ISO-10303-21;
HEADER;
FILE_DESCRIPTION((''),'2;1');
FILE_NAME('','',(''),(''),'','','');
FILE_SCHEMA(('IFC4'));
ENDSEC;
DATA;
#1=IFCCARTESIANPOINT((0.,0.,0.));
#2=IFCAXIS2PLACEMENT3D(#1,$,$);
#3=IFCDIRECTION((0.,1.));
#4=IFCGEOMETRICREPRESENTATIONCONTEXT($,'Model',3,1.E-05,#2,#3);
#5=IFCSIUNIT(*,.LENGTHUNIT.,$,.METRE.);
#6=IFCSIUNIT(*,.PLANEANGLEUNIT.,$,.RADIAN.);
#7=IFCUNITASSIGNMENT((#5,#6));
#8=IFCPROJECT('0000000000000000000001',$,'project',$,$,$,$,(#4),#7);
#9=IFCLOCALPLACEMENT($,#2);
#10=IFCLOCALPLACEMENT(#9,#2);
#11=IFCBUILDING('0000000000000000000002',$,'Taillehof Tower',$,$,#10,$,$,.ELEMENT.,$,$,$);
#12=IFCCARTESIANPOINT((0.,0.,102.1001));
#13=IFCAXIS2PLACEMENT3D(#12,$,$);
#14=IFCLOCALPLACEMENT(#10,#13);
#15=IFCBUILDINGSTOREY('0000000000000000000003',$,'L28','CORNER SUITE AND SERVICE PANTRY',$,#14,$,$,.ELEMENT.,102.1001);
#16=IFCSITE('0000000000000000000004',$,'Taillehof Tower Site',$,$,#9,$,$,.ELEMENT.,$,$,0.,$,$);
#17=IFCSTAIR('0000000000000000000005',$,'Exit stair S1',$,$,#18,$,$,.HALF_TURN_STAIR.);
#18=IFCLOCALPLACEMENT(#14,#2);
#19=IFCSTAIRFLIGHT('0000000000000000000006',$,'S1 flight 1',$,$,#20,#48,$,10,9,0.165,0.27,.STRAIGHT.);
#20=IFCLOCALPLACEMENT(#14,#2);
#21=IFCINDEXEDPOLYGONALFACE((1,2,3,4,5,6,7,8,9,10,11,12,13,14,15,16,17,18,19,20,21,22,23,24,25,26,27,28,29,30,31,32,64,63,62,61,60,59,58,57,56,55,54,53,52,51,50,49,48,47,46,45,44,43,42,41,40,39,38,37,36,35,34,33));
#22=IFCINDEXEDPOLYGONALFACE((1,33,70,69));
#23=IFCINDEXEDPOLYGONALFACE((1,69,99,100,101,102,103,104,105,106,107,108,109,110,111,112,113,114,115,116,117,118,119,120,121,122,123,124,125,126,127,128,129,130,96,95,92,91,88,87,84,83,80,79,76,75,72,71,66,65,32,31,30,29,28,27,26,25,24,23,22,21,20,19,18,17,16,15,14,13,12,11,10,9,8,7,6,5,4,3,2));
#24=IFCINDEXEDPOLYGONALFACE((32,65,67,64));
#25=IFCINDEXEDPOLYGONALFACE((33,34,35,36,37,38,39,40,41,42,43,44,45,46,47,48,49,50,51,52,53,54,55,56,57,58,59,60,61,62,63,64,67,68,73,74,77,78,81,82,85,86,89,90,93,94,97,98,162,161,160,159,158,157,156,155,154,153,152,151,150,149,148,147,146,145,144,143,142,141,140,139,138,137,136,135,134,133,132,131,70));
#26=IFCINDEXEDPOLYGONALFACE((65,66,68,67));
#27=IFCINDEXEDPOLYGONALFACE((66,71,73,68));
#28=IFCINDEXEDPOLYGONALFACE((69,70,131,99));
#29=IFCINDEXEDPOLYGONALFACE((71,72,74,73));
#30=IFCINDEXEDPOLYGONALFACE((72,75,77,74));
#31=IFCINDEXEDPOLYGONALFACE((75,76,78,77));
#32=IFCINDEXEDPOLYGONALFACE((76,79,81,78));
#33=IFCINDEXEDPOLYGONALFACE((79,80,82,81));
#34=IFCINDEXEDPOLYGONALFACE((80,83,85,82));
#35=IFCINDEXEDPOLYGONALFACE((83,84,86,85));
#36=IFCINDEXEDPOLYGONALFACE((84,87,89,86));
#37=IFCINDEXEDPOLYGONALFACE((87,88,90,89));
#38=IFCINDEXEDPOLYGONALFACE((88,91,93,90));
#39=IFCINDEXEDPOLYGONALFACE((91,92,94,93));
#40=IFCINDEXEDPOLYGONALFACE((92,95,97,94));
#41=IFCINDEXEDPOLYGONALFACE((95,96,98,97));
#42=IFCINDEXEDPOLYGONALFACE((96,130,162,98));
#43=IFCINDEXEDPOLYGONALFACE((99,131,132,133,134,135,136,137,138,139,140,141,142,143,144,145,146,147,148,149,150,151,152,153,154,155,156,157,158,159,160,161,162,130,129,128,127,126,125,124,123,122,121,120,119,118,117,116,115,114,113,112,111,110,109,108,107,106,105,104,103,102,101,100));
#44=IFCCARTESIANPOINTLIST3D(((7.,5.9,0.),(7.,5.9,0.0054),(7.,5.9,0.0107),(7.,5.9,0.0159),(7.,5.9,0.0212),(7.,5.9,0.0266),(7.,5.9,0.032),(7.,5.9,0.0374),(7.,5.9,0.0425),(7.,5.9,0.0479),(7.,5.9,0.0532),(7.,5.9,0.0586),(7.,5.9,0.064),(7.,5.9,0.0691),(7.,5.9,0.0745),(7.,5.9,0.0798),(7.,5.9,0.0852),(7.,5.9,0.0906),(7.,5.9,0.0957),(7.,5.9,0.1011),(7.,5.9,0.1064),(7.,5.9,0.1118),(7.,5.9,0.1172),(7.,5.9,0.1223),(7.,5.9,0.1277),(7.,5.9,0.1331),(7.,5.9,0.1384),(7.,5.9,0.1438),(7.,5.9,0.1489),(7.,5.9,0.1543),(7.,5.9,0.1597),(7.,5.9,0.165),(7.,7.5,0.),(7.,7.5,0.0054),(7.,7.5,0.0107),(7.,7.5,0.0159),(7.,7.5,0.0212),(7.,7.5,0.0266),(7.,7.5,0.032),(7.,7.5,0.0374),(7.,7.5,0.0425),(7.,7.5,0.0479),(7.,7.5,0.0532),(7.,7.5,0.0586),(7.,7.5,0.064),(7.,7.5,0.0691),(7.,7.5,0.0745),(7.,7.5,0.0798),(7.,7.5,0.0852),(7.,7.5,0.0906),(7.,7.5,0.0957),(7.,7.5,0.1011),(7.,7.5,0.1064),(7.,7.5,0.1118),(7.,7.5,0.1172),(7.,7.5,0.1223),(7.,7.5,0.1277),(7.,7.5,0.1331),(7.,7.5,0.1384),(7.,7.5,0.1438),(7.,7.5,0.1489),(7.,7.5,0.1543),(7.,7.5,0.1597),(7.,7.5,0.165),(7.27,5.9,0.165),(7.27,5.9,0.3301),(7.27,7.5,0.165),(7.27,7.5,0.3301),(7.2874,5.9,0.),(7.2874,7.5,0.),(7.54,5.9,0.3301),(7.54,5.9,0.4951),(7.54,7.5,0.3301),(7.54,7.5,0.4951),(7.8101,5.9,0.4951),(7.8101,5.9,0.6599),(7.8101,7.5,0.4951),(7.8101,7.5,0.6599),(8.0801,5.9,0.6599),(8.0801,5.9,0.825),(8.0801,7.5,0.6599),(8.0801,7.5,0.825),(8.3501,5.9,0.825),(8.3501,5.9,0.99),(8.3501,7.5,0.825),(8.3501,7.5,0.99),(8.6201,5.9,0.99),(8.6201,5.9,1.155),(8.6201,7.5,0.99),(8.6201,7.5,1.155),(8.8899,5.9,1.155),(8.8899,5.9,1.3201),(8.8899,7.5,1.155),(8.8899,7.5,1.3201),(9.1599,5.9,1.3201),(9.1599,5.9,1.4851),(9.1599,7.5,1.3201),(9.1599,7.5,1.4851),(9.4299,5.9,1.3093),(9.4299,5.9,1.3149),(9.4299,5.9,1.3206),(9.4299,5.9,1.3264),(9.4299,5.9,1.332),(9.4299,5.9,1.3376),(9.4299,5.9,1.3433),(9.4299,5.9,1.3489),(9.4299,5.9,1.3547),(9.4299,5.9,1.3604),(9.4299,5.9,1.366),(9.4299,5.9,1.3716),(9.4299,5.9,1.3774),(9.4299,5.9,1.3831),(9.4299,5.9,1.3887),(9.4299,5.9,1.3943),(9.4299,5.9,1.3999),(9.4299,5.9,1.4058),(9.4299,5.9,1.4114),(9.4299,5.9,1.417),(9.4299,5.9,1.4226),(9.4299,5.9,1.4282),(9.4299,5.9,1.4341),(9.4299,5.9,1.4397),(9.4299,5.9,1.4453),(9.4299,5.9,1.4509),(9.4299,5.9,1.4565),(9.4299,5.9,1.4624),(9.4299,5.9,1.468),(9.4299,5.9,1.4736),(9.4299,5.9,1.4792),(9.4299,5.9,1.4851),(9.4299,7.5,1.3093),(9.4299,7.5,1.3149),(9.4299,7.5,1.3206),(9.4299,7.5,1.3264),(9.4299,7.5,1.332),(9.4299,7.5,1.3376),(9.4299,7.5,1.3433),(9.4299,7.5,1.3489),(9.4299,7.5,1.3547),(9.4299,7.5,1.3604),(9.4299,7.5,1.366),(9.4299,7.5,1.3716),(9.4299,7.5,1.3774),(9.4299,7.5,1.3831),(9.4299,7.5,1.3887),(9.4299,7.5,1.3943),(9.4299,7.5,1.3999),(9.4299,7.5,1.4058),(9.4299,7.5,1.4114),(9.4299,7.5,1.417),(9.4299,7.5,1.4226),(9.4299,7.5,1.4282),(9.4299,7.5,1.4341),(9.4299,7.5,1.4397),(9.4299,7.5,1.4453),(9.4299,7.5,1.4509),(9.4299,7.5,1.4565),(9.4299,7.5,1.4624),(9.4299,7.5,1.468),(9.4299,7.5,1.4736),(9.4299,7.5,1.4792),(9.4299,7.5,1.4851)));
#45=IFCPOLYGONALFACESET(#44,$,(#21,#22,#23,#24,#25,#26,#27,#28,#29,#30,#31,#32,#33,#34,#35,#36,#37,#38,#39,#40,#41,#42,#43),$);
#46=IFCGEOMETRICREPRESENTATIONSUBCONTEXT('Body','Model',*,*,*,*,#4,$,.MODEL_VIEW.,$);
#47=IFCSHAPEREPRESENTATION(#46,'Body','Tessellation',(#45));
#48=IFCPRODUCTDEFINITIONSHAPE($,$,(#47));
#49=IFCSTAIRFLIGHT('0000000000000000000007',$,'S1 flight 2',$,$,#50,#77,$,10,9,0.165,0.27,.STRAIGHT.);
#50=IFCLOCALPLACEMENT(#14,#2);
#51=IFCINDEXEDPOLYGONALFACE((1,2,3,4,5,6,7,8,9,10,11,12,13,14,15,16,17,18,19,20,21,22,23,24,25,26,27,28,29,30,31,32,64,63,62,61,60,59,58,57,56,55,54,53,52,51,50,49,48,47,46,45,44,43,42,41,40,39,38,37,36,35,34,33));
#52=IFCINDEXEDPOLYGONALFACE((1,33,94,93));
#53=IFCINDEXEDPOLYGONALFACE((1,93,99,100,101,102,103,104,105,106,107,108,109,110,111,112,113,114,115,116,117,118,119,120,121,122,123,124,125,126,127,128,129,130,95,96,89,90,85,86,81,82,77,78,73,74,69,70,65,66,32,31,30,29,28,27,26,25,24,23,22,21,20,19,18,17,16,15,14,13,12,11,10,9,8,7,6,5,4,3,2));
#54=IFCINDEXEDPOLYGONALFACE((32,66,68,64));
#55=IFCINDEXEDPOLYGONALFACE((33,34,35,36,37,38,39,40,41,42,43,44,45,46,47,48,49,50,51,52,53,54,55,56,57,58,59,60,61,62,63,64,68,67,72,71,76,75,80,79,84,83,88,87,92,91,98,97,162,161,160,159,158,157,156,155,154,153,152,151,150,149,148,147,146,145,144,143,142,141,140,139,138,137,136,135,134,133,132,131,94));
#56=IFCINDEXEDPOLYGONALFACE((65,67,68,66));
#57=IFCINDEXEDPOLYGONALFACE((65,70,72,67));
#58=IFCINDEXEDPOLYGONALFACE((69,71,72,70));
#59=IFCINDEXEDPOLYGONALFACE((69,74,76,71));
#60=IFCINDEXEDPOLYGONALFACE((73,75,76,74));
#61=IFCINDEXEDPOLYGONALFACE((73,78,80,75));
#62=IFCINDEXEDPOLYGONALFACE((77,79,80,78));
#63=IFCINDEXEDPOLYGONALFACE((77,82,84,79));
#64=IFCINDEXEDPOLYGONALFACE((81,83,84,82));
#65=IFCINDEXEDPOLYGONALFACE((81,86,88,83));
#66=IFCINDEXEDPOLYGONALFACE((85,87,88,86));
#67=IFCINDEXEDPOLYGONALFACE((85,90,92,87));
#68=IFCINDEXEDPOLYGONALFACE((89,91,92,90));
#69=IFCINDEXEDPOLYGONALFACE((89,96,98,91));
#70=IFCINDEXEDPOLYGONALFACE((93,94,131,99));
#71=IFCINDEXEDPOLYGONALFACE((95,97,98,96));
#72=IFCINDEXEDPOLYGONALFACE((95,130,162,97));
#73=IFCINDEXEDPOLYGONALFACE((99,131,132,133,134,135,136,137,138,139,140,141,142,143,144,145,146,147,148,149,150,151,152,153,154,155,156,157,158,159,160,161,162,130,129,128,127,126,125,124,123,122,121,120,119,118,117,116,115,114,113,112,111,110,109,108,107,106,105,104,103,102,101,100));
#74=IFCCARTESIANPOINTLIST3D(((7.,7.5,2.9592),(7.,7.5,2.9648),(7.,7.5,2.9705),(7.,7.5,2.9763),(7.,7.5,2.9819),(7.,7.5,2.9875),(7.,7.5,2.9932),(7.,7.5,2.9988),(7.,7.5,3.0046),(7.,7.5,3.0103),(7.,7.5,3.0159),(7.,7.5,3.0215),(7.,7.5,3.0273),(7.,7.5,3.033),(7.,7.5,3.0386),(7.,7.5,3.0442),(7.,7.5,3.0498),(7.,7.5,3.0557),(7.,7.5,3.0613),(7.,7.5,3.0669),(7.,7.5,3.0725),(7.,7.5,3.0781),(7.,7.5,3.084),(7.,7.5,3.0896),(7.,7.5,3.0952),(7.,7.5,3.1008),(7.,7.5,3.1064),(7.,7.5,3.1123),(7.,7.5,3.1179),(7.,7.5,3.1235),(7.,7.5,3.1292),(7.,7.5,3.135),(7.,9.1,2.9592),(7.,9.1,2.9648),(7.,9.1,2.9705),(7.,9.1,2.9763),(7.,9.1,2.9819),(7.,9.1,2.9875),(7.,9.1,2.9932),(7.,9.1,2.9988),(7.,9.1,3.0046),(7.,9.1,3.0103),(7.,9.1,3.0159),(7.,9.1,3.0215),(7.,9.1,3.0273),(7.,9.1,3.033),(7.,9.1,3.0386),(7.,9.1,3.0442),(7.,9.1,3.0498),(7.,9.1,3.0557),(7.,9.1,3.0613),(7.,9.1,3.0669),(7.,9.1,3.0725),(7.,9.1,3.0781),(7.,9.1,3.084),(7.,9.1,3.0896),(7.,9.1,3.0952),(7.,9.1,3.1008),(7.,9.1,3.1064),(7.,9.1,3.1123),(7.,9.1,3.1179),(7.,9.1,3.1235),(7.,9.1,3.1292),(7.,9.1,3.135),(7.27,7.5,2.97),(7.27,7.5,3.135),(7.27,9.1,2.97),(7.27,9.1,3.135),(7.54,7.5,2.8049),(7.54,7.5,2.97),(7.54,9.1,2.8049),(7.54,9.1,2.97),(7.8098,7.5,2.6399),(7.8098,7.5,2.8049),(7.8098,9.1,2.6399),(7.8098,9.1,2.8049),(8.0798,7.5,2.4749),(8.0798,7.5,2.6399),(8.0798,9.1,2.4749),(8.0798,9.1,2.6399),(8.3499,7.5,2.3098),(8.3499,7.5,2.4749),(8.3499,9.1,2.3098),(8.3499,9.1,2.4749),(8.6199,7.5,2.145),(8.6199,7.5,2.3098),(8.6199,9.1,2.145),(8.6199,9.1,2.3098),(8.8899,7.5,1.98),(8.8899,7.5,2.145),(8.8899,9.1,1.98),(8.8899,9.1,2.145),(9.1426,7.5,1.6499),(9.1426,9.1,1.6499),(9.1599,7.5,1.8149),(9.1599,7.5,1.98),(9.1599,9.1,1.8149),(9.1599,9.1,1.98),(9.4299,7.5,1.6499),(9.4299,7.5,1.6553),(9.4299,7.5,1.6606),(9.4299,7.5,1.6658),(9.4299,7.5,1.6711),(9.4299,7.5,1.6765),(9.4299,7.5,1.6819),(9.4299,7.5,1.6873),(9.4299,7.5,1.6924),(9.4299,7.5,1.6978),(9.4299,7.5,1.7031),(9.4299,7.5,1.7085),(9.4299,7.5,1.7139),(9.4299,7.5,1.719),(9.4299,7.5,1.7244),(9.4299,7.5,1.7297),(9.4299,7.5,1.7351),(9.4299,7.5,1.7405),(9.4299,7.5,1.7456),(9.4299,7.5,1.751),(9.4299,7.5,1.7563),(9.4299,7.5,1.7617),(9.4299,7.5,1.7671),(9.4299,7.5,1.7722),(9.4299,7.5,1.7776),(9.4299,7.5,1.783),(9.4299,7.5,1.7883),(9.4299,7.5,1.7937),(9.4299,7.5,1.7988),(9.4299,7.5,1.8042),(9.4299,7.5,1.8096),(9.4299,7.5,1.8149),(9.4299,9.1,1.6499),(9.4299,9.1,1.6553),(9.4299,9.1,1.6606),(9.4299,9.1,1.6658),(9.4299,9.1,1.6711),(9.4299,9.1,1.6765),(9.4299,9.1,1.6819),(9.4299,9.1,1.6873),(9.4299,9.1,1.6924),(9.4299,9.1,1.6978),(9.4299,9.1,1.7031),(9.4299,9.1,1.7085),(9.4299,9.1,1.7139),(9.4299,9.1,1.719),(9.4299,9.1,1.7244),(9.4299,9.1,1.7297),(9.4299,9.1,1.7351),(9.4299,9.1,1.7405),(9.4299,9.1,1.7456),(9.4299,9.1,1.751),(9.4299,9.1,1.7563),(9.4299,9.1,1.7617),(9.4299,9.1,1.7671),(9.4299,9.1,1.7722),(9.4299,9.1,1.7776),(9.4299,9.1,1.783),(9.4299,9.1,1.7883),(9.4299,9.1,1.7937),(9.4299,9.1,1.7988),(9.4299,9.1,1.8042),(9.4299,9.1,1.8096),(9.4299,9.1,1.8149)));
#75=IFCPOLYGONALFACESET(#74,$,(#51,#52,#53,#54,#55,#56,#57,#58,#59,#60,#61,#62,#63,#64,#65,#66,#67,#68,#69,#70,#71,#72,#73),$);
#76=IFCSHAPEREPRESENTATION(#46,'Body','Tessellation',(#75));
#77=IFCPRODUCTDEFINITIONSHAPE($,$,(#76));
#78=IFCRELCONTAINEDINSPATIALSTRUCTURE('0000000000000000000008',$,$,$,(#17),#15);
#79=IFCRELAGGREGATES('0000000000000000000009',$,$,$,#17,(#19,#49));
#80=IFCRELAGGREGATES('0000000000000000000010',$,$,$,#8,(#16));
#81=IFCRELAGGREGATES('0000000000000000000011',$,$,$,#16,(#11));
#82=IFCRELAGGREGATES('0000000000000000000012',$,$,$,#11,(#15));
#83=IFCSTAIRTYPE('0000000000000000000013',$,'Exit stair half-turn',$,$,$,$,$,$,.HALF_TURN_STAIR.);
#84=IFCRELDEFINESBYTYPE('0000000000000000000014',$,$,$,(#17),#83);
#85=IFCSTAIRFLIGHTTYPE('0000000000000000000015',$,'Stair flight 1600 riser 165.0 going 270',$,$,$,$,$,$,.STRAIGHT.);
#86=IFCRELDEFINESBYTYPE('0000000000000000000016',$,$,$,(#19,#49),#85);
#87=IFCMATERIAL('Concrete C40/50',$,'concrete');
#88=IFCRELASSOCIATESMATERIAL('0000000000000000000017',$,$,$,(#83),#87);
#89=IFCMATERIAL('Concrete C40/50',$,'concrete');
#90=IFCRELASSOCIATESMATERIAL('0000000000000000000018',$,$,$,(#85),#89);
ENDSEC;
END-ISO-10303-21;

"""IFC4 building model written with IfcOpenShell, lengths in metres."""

from ifc_helpers import new_model, si_unit, direction, frame, origin, place, context, subcontext, project, spatial, polyline, outline, extrude, material, type_object, element, aggregate, save


model = new_model("IFC4")

# Units and contexts
model_context = context("Model", 3, precision=1e-05, world=origin(), true_north=direction((0.0, 1.0)))
body_context = subcontext(model_context, "Body", "Model", "MODEL_VIEW")
ifc_project = project(units=[si_unit("LENGTHUNIT", "METRE"), si_unit("PLANEANGLEUNIT", "RADIAN")], contexts=[model_context])

# Site, building, storey
site_placement = place(None, origin())
site = spatial("IfcSite", under=ifc_project, at=site_placement, Name="Taillehof Tower Site", CompositionType="ELEMENT", RefElevation=0.0)
building_placement = place(site_placement, origin())
building = spatial("IfcBuilding", under=site, at=building_placement, Name="Taillehof Tower", CompositionType="ELEMENT")
storey_placement = place(building_placement, frame((0.0, 0.0, 102.1001)))
storey = spatial("IfcBuildingStorey", under=building, at=storey_placement, Name="L28", Description="CORNER SUITE AND SERVICE PANTRY", CompositionType="ELEMENT", Elevation=102.1001)

# Stair
ifc_material_1 = material(Name="Concrete C40/50", Category="concrete")
stair_type = type_object("IfcStairType", Name="Exit stair half-turn", PredefinedType="HALF_TURN_STAIR", material=ifc_material_1)
stair_1_placement = place(storey_placement, origin())
stair_1 = element("IfcStair", 1, at=stair_1_placement, inside=storey, type_object=stair_type, Name="Exit stair S1", PredefinedType="HALF_TURN_STAIR")

# Stair flights
ifc_material_2 = material(Name="Concrete C40/50", Category="concrete")
stair_flight_type = type_object("IfcStairFlightType", Name="Stair flight 1600 riser 165.0 going 270", PredefinedType="STRAIGHT", material=ifc_material_2)
stair_flight_1_placement = place(storey_placement, frame((7.0, 6.7, 0.0), z_axis=(0.0, 0.0, 1.0), x_axis=(1.0, 0.0, 0.0)))
stair_flight_1 = element("IfcStairFlight", 2, at=stair_flight_1_placement, type_object=stair_flight_type, Name="S1 flight 1", NumberOfRisers=10, NumberOfTreads=9, PredefinedType="STRAIGHT", RiserHeight=0.165, TreadLength=0.27, context=body_context, shape_type="SweptSolid", body=[
    extrude(outline(polyline([(0.0, 0.0), (0.0, 0.0054), (0.0, 0.0107), (0.0, 0.0159), (0.0, 0.0212), (0.0, 0.0266), (0.0, 0.032), (0.0, 0.0374), (0.0, 0.0425), (0.0, 0.0479), (0.0, 0.0532), (0.0, 0.0586), (0.0, 0.064), (0.0, 0.0691), (0.0, 0.0745), (0.0, 0.0798), (0.0, 0.0852), (0.0, 0.0906), (0.0, 0.0957), (0.0, 0.1011), (0.0, 0.1064), (0.0, 0.1118), (0.0, 0.1172), (0.0, 0.1223), (0.0, 0.1277), (0.0, 0.1331), (0.0, 0.1384), (0.0, 0.1438), (0.0, 0.1489), (0.0, 0.1543), (0.0, 0.1597), (0.0, 0.165), (0.27, 0.165), (0.27, 0.3301), (0.54, 0.3301), (0.54, 0.4951), (0.8101, 0.4951), (0.8101, 0.6599), (1.0801, 0.6599), (1.0801, 0.825), (1.3501, 0.825), (1.3501, 0.99), (1.6201, 0.99), (1.6201, 1.155), (1.8899, 1.155), (1.8899, 1.3201), (2.1599, 1.3201), (2.1599, 1.4851), (2.4299, 1.4851), (2.4299, 1.4792), (2.4299, 1.4736), (2.4299, 1.468), (2.4299, 1.4624), (2.4299, 1.4565), (2.4299, 1.4509), (2.4299, 1.4453), (2.4299, 1.4397), (2.4299, 1.4341), (2.4299, 1.4282), (2.4299, 1.4226), (2.4299, 1.417), (2.4299, 1.4114), (2.4299, 1.4058), (2.4299, 1.3999), (2.4299, 1.3943), (2.4299, 1.3887), (2.4299, 1.3831), (2.4299, 1.3774), (2.4299, 1.3716), (2.4299, 1.366), (2.4299, 1.3604), (2.4299, 1.3547), (2.4299, 1.3489), (2.4299, 1.3433), (2.4299, 1.3376), (2.4299, 1.332), (2.4299, 1.3264), (2.4299, 1.3206), (2.4299, 1.3149), (2.4299, 1.3093), (0.2874, 0.0), (0.0, 0.0)])), frame((0.0, 0.8, 0.0), z_axis=(0.0, -1.0, 0.0), x_axis=(1.0, 0.0, 0.0)), (0.0, 0.0, 1.0), 1.6),
])
stair_flight_2_placement = place(storey_placement, frame((9.4299, 8.3, 1.6499), z_axis=(0.0, 0.0, 1.0), x_axis=(-1.0, 0.0, 0.0)))
stair_flight_2 = element("IfcStairFlight", 3, at=stair_flight_2_placement, type_object=stair_flight_type, Name="S1 flight 2", NumberOfRisers=10, NumberOfTreads=9, PredefinedType="STRAIGHT", RiserHeight=0.165, TreadLength=0.27, context=body_context, shape_type="SweptSolid", body=[
    extrude(outline(polyline([(0.0, 0.0), (0.0, 0.0054), (0.0, 0.0107), (0.0, 0.0159), (0.0, 0.0212), (0.0, 0.0266), (0.0, 0.032), (0.0, 0.0374), (0.0, 0.0425), (0.0, 0.0479), (0.0, 0.0532), (0.0, 0.0586), (0.0, 0.064), (0.0, 0.0691), (0.0, 0.0745), (0.0, 0.0798), (0.0, 0.0852), (0.0, 0.0906), (0.0, 0.0957), (0.0, 0.1011), (0.0, 0.1064), (0.0, 0.1118), (0.0, 0.1172), (0.0, 0.1223), (0.0, 0.1277), (0.0, 0.1331), (0.0, 0.1384), (0.0, 0.1438), (0.0, 0.1489), (0.0, 0.1543), (0.0, 0.1597), (0.0, 0.165), (0.27, 0.165), (0.27, 0.3301), (0.54, 0.3301), (0.54, 0.4951), (0.8101, 0.4951), (0.8101, 0.6599), (1.0801, 0.6599), (1.0801, 0.825), (1.3501, 0.825), (1.3501, 0.99), (1.6201, 0.99), (1.6201, 1.155), (1.8899, 1.155), (1.8899, 1.3201), (2.1599, 1.3201), (2.1599, 1.4851), (2.4299, 1.4851), (2.4299, 1.4792), (2.4299, 1.4736), (2.4299, 1.468), (2.4299, 1.4624), (2.4299, 1.4565), (2.4299, 1.4509), (2.4299, 1.4453), (2.4299, 1.4397), (2.4299, 1.4341), (2.4299, 1.4282), (2.4299, 1.4226), (2.4299, 1.417), (2.4299, 1.4114), (2.4299, 1.4058), (2.4299, 1.3999), (2.4299, 1.3943), (2.4299, 1.3887), (2.4299, 1.3831), (2.4299, 1.3774), (2.4299, 1.3716), (2.4299, 1.366), (2.4299, 1.3604), (2.4299, 1.3547), (2.4299, 1.3489), (2.4299, 1.3433), (2.4299, 1.3376), (2.4299, 1.332), (2.4299, 1.3264), (2.4299, 1.3206), (2.4299, 1.3149), (2.4299, 1.3093), (0.2874, 0.0), (0.0, 0.0)])), frame((0.0, 0.8, 0.0), z_axis=(0.0, -1.0, 0.0), x_axis=(1.0, 0.0, 0.0)), (0.0, 0.0, 1.0), 1.6),
])
aggregate(stair_1, [stair_flight_1, stair_flight_2])

save(model, "model.ifc")
